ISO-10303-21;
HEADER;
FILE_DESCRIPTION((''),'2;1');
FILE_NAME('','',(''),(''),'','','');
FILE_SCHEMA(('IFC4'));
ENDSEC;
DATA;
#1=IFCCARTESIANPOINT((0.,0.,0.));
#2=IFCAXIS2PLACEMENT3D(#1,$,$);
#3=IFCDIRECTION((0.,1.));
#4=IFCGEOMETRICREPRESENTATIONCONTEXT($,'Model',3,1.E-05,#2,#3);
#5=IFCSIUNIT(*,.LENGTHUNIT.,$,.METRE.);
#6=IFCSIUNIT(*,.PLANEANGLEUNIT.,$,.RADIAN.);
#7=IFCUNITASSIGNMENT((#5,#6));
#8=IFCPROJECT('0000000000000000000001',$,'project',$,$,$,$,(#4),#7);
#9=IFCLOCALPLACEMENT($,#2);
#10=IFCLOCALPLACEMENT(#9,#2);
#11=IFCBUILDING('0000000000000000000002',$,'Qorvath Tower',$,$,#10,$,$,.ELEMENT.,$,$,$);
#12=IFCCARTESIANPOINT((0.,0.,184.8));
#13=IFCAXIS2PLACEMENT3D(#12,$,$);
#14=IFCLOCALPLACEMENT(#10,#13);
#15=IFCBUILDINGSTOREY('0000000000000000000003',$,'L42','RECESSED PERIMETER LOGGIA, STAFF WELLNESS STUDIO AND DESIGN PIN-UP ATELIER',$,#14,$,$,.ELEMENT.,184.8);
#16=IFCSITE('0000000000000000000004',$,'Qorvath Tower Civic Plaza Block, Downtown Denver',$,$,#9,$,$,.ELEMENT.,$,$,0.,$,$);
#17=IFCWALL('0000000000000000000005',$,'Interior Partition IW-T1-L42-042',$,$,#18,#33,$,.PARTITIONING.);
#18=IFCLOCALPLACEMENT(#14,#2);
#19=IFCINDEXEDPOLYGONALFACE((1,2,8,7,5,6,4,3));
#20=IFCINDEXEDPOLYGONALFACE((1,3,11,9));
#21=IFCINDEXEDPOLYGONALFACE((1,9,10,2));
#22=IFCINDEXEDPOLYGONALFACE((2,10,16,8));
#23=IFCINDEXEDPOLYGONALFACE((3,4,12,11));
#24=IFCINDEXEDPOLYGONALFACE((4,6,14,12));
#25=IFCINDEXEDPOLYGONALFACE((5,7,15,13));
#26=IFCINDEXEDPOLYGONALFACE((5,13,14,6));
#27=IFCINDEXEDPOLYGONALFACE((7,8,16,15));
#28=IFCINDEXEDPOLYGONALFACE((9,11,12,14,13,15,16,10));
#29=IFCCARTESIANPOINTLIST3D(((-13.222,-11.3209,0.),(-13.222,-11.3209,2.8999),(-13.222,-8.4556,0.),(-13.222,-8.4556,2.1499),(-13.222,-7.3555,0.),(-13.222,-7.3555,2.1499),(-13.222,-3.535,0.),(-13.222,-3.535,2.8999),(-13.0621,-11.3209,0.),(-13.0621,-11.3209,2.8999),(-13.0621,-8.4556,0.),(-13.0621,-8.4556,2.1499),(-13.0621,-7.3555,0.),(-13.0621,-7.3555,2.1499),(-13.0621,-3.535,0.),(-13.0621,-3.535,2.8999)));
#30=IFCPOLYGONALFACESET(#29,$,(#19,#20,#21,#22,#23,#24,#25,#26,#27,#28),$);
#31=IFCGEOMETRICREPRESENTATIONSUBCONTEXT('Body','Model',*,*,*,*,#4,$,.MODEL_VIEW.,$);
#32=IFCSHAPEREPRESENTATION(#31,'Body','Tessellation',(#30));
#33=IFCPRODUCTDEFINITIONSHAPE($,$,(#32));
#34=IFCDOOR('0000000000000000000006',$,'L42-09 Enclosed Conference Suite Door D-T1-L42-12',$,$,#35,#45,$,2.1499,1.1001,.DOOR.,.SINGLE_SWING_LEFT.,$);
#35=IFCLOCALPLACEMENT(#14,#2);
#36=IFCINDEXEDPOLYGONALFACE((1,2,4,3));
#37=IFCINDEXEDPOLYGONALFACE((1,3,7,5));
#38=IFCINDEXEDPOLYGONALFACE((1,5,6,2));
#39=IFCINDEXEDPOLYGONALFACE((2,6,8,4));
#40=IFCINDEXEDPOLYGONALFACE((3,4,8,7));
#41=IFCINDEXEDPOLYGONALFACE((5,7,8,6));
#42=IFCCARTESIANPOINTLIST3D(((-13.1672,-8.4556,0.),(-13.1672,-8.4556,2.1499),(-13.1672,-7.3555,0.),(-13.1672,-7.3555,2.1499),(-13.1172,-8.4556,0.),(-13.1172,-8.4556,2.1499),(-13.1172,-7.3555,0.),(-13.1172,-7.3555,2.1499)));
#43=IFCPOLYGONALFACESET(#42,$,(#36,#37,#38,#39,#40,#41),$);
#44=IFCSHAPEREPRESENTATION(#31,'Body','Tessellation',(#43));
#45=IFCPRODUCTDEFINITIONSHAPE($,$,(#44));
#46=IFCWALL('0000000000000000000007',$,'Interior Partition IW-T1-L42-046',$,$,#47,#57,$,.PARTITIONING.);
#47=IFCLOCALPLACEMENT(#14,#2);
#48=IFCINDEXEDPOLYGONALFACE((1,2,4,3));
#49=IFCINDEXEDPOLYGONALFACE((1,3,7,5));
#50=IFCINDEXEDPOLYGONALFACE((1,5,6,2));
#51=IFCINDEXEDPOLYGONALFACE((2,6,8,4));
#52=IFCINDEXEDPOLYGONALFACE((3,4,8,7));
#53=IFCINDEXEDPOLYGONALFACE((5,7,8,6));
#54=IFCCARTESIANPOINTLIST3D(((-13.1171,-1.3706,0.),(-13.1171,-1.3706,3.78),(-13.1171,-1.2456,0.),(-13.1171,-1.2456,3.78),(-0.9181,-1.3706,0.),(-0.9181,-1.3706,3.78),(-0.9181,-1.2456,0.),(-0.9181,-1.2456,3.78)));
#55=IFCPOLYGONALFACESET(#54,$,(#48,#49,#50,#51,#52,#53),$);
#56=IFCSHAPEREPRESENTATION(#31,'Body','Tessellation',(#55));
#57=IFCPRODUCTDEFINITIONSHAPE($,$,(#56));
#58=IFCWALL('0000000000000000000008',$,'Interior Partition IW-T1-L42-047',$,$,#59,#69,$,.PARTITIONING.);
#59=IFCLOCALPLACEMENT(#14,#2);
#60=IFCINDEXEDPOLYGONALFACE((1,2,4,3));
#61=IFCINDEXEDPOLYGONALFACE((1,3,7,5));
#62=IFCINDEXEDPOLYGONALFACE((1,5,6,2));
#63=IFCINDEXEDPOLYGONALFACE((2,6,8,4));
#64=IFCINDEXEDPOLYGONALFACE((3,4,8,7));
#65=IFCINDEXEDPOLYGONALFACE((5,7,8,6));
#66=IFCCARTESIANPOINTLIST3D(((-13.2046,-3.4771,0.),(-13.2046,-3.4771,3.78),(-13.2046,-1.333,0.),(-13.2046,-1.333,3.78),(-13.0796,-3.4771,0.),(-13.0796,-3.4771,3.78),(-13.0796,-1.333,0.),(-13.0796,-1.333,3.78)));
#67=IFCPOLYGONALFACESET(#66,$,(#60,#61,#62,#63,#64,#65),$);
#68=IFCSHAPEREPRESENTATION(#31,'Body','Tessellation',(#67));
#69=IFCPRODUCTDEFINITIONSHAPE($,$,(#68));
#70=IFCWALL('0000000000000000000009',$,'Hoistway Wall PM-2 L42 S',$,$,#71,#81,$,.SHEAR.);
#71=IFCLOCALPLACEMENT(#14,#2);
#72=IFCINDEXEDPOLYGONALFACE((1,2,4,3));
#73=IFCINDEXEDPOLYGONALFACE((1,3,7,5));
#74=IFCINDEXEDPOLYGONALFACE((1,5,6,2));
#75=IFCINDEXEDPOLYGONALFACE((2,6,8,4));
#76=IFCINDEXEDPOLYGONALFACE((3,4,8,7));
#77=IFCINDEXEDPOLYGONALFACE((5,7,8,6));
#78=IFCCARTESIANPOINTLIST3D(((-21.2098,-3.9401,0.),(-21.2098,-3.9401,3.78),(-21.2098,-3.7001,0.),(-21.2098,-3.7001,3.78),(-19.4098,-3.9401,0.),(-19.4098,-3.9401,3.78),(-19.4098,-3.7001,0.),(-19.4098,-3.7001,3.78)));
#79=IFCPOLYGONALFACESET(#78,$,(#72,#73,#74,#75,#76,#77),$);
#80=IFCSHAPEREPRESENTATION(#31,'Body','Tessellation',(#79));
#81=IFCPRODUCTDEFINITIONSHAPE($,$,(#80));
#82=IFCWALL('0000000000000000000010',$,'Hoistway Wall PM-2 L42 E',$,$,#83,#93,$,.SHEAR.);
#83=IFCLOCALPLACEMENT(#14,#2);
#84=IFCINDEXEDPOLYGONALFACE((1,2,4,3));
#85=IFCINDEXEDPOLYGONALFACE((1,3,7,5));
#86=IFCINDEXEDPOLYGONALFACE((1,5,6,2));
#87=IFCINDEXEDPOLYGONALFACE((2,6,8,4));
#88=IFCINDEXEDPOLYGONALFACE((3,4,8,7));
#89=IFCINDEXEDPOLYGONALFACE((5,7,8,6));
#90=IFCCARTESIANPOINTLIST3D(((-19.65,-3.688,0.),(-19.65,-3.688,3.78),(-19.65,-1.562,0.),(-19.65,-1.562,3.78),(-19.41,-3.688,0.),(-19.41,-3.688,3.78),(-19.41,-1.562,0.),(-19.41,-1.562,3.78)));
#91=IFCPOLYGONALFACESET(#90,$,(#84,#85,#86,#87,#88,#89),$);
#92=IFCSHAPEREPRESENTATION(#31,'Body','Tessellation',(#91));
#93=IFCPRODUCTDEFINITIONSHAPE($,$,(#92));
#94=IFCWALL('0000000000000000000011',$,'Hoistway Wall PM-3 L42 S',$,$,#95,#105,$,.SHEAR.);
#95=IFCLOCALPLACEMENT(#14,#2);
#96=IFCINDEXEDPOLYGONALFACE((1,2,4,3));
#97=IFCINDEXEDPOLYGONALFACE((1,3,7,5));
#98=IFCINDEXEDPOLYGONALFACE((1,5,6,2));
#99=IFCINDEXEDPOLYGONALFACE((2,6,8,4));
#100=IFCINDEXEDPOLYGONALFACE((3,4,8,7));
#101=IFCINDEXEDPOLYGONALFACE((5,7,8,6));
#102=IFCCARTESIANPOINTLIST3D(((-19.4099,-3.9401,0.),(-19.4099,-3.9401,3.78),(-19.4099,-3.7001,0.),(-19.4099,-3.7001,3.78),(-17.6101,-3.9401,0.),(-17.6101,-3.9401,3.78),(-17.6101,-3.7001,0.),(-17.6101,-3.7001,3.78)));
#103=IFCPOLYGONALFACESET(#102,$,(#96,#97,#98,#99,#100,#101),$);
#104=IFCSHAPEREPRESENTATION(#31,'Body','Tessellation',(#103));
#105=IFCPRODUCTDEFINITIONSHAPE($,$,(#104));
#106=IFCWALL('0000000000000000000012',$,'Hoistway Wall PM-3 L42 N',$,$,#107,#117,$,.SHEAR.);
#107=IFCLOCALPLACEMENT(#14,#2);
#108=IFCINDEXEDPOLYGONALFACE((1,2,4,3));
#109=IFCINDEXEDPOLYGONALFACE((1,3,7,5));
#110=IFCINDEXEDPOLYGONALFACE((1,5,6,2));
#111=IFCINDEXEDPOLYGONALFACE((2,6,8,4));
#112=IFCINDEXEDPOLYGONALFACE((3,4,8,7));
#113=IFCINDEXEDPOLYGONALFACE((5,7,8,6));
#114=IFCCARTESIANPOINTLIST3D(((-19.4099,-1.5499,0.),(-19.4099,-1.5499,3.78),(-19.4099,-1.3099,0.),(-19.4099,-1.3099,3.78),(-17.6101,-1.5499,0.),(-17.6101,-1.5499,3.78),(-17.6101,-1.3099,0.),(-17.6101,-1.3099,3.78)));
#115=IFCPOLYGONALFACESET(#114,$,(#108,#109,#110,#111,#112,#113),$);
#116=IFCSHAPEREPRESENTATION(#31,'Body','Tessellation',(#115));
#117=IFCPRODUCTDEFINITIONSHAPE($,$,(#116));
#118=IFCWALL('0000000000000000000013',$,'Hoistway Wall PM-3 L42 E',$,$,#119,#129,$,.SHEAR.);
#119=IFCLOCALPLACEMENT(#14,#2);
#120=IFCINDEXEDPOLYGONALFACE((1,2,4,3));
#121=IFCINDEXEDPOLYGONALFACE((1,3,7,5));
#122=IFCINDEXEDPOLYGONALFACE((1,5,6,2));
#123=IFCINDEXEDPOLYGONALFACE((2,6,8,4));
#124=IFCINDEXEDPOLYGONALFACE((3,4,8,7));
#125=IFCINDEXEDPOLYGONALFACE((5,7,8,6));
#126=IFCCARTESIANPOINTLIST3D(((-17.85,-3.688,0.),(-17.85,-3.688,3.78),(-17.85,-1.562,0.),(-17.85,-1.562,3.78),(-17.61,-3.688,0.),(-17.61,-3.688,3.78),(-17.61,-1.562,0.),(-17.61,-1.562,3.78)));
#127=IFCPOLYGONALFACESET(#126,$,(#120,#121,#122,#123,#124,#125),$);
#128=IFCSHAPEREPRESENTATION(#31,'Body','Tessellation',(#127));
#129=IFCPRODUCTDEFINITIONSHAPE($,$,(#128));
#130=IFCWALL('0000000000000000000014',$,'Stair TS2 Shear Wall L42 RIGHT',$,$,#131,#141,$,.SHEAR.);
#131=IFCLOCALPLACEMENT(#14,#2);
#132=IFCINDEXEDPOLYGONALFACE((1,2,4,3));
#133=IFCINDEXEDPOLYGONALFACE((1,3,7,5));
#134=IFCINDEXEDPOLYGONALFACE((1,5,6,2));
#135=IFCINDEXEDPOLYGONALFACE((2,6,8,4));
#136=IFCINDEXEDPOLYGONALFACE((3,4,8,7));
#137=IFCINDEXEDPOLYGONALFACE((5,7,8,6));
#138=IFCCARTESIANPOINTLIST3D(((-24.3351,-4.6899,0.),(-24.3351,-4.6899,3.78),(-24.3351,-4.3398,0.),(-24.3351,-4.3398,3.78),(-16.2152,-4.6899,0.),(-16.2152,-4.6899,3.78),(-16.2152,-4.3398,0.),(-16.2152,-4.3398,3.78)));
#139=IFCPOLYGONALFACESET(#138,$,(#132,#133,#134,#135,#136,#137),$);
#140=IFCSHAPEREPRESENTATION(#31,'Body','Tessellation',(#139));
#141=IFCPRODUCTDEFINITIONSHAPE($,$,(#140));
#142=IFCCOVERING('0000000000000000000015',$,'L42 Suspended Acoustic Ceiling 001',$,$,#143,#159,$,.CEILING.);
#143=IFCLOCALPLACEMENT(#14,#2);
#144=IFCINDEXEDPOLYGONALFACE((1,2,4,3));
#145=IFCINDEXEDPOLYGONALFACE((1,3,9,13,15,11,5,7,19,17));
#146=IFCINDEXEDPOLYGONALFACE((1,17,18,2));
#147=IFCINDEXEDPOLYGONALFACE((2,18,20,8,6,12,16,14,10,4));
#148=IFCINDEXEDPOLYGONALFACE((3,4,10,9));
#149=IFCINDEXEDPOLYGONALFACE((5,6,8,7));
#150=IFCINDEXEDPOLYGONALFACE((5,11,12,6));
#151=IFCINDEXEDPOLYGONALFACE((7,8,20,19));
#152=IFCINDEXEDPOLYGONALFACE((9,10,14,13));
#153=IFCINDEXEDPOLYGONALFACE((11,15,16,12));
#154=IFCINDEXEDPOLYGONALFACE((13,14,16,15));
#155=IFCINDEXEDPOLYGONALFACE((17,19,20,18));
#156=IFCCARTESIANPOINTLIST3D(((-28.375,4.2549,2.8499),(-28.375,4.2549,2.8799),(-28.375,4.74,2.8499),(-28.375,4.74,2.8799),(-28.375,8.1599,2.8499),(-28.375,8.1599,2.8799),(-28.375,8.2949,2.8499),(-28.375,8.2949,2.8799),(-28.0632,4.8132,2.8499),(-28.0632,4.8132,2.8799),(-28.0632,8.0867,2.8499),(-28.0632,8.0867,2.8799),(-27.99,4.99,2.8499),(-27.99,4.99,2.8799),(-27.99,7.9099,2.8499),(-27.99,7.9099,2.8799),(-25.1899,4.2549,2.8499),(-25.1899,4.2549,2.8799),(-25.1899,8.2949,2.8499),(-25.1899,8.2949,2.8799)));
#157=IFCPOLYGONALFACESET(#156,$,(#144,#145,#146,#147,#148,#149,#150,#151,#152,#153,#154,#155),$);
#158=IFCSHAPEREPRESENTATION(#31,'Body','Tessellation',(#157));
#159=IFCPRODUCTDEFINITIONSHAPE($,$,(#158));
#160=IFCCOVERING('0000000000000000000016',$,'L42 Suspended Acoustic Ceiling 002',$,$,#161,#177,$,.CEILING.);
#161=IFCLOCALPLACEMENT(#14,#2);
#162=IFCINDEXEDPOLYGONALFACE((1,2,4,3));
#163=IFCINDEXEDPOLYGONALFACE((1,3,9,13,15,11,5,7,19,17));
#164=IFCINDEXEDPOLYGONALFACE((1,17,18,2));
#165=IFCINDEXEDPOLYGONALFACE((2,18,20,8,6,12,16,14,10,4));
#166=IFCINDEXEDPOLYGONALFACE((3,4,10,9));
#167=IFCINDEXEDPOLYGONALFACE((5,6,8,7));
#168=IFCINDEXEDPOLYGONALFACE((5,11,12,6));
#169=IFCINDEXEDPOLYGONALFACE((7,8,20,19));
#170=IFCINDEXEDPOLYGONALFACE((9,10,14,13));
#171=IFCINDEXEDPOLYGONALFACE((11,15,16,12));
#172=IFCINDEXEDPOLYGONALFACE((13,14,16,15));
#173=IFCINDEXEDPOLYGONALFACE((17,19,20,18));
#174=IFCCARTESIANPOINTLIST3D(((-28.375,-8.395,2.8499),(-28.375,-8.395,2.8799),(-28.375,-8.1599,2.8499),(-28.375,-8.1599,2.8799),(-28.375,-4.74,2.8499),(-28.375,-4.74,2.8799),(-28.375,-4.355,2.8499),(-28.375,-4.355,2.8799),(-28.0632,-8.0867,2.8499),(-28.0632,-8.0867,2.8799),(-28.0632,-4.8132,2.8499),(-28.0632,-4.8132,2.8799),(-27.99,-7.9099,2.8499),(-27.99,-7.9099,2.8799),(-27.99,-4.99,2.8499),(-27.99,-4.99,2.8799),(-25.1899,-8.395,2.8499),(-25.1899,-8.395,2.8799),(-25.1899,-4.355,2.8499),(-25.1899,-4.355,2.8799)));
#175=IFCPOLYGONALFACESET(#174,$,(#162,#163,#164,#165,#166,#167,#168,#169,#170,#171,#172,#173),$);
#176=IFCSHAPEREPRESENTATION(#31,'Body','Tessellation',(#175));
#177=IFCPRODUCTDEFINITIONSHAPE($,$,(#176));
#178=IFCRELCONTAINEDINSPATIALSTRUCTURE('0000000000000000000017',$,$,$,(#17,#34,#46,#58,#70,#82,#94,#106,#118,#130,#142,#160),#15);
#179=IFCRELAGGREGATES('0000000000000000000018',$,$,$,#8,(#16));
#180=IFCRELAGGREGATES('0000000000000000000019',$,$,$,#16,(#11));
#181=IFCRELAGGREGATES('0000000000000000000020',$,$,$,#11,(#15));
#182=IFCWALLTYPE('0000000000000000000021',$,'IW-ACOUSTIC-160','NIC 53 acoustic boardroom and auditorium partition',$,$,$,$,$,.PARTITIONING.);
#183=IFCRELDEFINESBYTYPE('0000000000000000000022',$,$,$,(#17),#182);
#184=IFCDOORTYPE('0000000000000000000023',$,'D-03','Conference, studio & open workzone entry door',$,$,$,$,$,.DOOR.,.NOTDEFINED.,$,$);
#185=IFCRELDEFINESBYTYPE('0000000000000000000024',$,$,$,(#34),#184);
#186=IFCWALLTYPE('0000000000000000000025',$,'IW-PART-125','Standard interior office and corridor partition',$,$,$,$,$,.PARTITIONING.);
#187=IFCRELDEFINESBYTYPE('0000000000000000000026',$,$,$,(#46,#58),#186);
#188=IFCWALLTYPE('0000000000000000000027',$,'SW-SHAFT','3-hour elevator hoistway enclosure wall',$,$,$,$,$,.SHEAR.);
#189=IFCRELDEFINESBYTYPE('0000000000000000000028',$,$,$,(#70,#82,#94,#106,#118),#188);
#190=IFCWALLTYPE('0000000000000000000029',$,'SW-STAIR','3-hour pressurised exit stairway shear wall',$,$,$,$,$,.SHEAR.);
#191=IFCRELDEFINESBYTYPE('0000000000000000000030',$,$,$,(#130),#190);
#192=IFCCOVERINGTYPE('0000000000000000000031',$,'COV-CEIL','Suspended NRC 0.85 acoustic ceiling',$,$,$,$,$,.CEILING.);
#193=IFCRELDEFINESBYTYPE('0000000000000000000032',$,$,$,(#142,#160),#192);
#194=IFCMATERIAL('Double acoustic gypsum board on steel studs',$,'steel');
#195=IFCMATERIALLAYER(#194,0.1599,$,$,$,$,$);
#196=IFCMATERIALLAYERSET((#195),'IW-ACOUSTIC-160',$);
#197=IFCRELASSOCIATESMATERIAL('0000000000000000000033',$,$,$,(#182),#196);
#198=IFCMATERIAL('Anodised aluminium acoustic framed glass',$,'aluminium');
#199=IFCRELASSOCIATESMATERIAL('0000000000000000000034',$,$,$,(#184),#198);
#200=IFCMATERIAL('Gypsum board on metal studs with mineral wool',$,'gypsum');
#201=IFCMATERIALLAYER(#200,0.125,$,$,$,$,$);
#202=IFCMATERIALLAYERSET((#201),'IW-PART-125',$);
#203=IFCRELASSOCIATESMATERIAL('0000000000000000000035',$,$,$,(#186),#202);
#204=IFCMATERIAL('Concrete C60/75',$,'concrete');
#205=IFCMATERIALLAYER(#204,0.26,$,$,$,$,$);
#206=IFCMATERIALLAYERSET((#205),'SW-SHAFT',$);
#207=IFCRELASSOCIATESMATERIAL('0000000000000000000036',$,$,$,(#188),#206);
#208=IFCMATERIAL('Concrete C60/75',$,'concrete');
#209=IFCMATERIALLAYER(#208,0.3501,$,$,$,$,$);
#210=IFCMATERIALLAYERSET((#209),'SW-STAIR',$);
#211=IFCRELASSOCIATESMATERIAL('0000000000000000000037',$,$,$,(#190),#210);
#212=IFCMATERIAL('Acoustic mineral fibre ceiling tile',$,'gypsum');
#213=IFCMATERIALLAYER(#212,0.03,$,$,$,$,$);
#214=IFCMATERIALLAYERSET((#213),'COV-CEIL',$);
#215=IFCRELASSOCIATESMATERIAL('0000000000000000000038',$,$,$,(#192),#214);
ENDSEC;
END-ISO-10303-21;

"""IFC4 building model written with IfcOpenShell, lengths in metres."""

from ifc_helpers import new_model, si_unit, direction, frame, frame_2d, origin, place, context, subcontext, project, spatial, polyline, rectangle, outline, extrude, material, layer, layer_set, type_object, element, fill, save


model = new_model("IFC4")

# Units and contexts
model_context = context("Model", 3, precision=1e-05, world=origin(), true_north=direction((0.0, 1.0)))
body_context = subcontext(model_context, "Body", "Model", "MODEL_VIEW")
ifc_project = project(units=[si_unit("LENGTHUNIT", "METRE"), si_unit("PLANEANGLEUNIT", "RADIAN")], contexts=[model_context])

# Site, building, storey
site_placement = place(None, origin())
site = spatial("IfcSite", under=ifc_project, at=site_placement, Name="Qorvath Tower Civic Plaza Block, Downtown Denver", CompositionType="ELEMENT", RefElevation=0.0)
building_placement = place(site_placement, origin())
building = spatial("IfcBuilding", under=site, at=building_placement, Name="Qorvath Tower", CompositionType="ELEMENT")
storey_placement = place(building_placement, frame((0.0, 0.0, 184.8)))
storey = spatial("IfcBuildingStorey", under=building, at=storey_placement, Name="L42", Description="RECESSED PERIMETER LOGGIA, STAFF WELLNESS STUDIO AND DESIGN PIN-UP ATELIER", CompositionType="ELEMENT", Elevation=184.8)

# Shared definitions
ifc_material_1 = material(Name="Double acoustic gypsum board on steel studs", Category="steel")
ifc_layer_1 = layer(ifc_material_1, 0.1599)
ifc_layer_set_1 = layer_set([ifc_layer_1], Name="IW-ACOUSTIC-160")
wall_type_1 = type_object("IfcWallType", Name="IW-ACOUSTIC-160", Description="NIC 53 acoustic boardroom and auditorium partition", PredefinedType="PARTITIONING", material=ifc_layer_set_1)

# Wall, opening, door
wall_1_placement = place(storey_placement, frame((-13.1421, -3.5349, 0.0), z_axis=(0.0, 0.0, 1.0), x_axis=(0.0, -1.0, 0.0)))
wall_1 = element("IfcWall", 1, at=wall_1_placement, inside=storey, type_object=wall_type_1, Name="Interior Partition IW-T1-L42-042", PredefinedType="PARTITIONING", context=body_context, shape_type="SweptSolid", body=[
    extrude(rectangle(XDim=7.7859, YDim=0.1599, at=frame_2d((3.8931, 0.0))), origin(), (0.0, 0.0, 1.0), 2.8999),
])
opening_placement = place(wall_1_placement, frame((3.8206, 0.0, 0.0)))
opening = element("IfcOpeningElement", 2, at=opening_placement, cuts=wall_1, PredefinedType="OPENING", context=body_context, shape_type="SweptSolid", body=[
    extrude(rectangle(XDim=1.1001, YDim=2.1499, at=frame_2d((0.55, 1.075))), frame((0.0, 0.0898, 0.0), z_axis=(0.0, -1.0, 0.0), x_axis=(1.0, 0.0, 0.0)), (0.0, 0.0, 1.0), 0.1799),
])
ifc_material_2 = material(Name="Anodised aluminium acoustic framed glass", Category="aluminium")
door_type = type_object("IfcDoorType", Name="D-03", Description="Conference, studio & open workzone entry door", OperationType="NOTDEFINED", PredefinedType="DOOR", material=ifc_material_2)
door_placement = place(opening_placement, origin())
door = element("IfcDoor", 3, at=door_placement, inside=storey, type_object=door_type, Name="L42-09 Enclosed Conference Suite Door D-T1-L42-12", OperationType="SINGLE_SWING_LEFT", OverallHeight=2.1499, OverallWidth=1.1001, PredefinedType="DOOR", context=body_context, shape_type="SweptSolid", body=[
    extrude(rectangle(XDim=1.1001, YDim=2.1499, at=frame_2d((0.55, 1.075))), frame((0.0, 0.0249, 0.0), z_axis=(0.0, -1.0, 0.0), x_axis=(1.0, 0.0, 0.0)), (0.0, 0.0, 1.0), 0.05),
])
fill(opening, door)

# Walls
ifc_material_3 = material(Name="Gypsum board on metal studs with mineral wool", Category="gypsum")
ifc_layer_2 = layer(ifc_material_3, 0.125)
ifc_layer_set_2 = layer_set([ifc_layer_2], Name="IW-PART-125")
wall_type_2 = type_object("IfcWallType", Name="IW-PART-125", Description="Standard interior office and corridor partition", PredefinedType="PARTITIONING", material=ifc_layer_set_2)
wall_2_placement = place(storey_placement, frame((-13.1172, -1.3081, 0.0), z_axis=(0.0, 0.0, 1.0), x_axis=(1.0, 0.0, 0.0)))
element("IfcWall", 4, at=wall_2_placement, inside=storey, type_object=wall_type_2, Name="Interior Partition IW-T1-L42-046", PredefinedType="PARTITIONING", context=body_context, shape_type="SweptSolid", body=[
    extrude(rectangle(XDim=12.199, YDim=0.125, at=frame_2d((6.0996, 0.0))), origin(), (0.0, 0.0, 1.0), 3.78),
])
wall_3_placement = place(storey_placement, frame((-13.1421, -1.333, 0.0), z_axis=(0.0, 0.0, 1.0), x_axis=(0.0, -1.0, 0.0)))
element("IfcWall", 5, at=wall_3_placement, inside=storey, type_object=wall_type_2, Name="Interior Partition IW-T1-L42-047", PredefinedType="PARTITIONING", context=body_context, shape_type="SweptSolid", body=[
    extrude(rectangle(XDim=2.144, YDim=0.125, at=frame_2d((1.072, 0.0))), origin(), (0.0, 0.0, 1.0), 3.78),
])
ifc_material_4 = material(Name="Concrete C60/75", Category="concrete")
ifc_layer_3 = layer(ifc_material_4, 0.26)
ifc_layer_set_3 = layer_set([ifc_layer_3], Name="SW-SHAFT")
wall_type_3 = type_object("IfcWallType", Name="SW-SHAFT", Description="3-hour elevator hoistway enclosure wall", PredefinedType="SHEAR", material=ifc_layer_set_3)
wall_4_placement = place(storey_placement, frame((-19.4099, -3.8201, 0.0), z_axis=(0.0, 0.0, 1.0), x_axis=(-1.0, 0.0, 0.0)))
element("IfcWall", 6, at=wall_4_placement, inside=storey, type_object=wall_type_3, Name="Hoistway Wall PM-2 L42 S", PredefinedType="SHEAR", context=body_context, shape_type="SweptSolid", body=[
    extrude(rectangle(XDim=1.8, YDim=0.24, at=frame_2d((0.8999, 0.0))), origin(), (0.0, 0.0, 1.0), 3.78),
])
wall_5_placement = place(storey_placement, frame((-19.53, -1.562, 0.0), z_axis=(0.0, 0.0, 1.0), x_axis=(0.0, -1.0, 0.0)))
element("IfcWall", 7, at=wall_5_placement, inside=storey, type_object=wall_type_3, Name="Hoistway Wall PM-2 L42 E", PredefinedType="SHEAR", context=body_context, shape_type="SweptSolid", body=[
    extrude(rectangle(XDim=2.126, YDim=0.24, at=frame_2d((1.063, 0.0))), origin(), (0.0, 0.0, 1.0), 3.78),
])
for number, where, z_axis, x_axis, name in (
    (8, (-17.6101, -3.8201, 0.0), (0.0, 0.0, 1.0), (-1.0, 0.0, 0.0), "Hoistway Wall PM-3 L42 S"),
    (9, (-19.4099, -1.4299, 0.0), (0.0, 0.0, 1.0), (1.0, 0.0, 0.0), "Hoistway Wall PM-3 L42 N"),
):
    element("IfcWall", number, at=place(storey_placement, frame(where, z_axis=z_axis, x_axis=x_axis)), inside=storey, type_object=wall_type_3, Name=name, PredefinedType="SHEAR", context=body_context, shape_type="SweptSolid", body=[
        extrude(rectangle(XDim=1.7998, YDim=0.24, at=frame_2d((0.8999, 0.0))), origin(), (0.0, 0.0, 1.0), 3.78),
    ])
wall_6_placement = place(storey_placement, frame((-17.73, -1.562, 0.0), z_axis=(0.0, 0.0, 1.0), x_axis=(0.0, -1.0, 0.0)))
element("IfcWall", 10, at=wall_6_placement, inside=storey, type_object=wall_type_3, Name="Hoistway Wall PM-3 L42 E", PredefinedType="SHEAR", context=body_context, shape_type="SweptSolid", body=[
    extrude(rectangle(XDim=2.126, YDim=0.24, at=frame_2d((1.063, 0.0))), origin(), (0.0, 0.0, 1.0), 3.78),
])
ifc_material_5 = material(Name="Concrete C60/75", Category="concrete")
ifc_layer_4 = layer(ifc_material_5, 0.3501)
ifc_layer_set_4 = layer_set([ifc_layer_4], Name="SW-STAIR")
wall_type_4 = type_object("IfcWallType", Name="SW-STAIR", Description="3-hour pressurised exit stairway shear wall", PredefinedType="SHEAR", material=ifc_layer_set_4)
wall_7_placement = place(storey_placement, frame((-16.2151, -4.5149, 0.0), z_axis=(0.0, 0.0, 1.0), x_axis=(-1.0, 0.0, 0.0)))
element("IfcWall", 11, at=wall_7_placement, inside=storey, type_object=wall_type_4, Name="Stair TS2 Shear Wall L42 RIGHT", PredefinedType="SHEAR", context=body_context, shape_type="SweptSolid", body=[
    extrude(rectangle(XDim=8.1199, YDim=0.3501, at=frame_2d((4.0601, 0.0))), origin(), (0.0, 0.0, 1.0), 3.78),
])

# Coverings
ifc_material_6 = material(Name="Acoustic mineral fibre ceiling tile", Category="gypsum")
ifc_layer_5 = layer(ifc_material_6, 0.03)
ifc_layer_set_5 = layer_set([ifc_layer_5], Name="COV-CEIL")
covering_type_1 = type_object("IfcCoveringType", Name="COV-CEIL", Description="Suspended NRC 0.85 acoustic ceiling", PredefinedType="CEILING", material=ifc_layer_set_5)
covering_1_placement = place(storey_placement, frame((0.0, 0.0, 2.8499)))
element("IfcCovering", 12, at=covering_1_placement, inside=storey, type_object=covering_type_1, Name="L42 Suspended Acoustic Ceiling 001", PredefinedType="CEILING", context=body_context, shape_type="SweptSolid", body=[
    extrude(outline(polyline([(-25.1899, 4.2549), (-25.1899, 8.2949), (-28.375, 8.2949), (-28.375, 8.1599), (-28.0632, 8.0867), (-27.99, 7.9099), (-27.99, 4.99), (-28.0632, 4.8132), (-28.375, 4.74), (-28.375, 4.2549), (-25.1899, 4.2549)])), origin(), (0.0, 0.0, 1.0), 0.03),
])
covering_2_placement = place(storey_placement, frame((0.0, 0.0, 2.8499)))
element("IfcCovering", 13, at=covering_2_placement, inside=storey, type_object=covering_type_1, Name="L42 Suspended Acoustic Ceiling 002", PredefinedType="CEILING", context=body_context, shape_type="SweptSolid", body=[
    extrude(outline(polyline([(-25.1899, -8.395), (-25.1899, -4.355), (-28.375, -4.355), (-28.375, -4.74), (-28.0632, -4.8132), (-27.99, -4.99), (-27.99, -7.9099), (-28.0632, -8.0867), (-28.375, -8.1599), (-28.375, -8.395), (-25.1899, -8.395)])), origin(), (0.0, 0.0, 1.0), 0.03),
])

save(model, "model.ifc")
